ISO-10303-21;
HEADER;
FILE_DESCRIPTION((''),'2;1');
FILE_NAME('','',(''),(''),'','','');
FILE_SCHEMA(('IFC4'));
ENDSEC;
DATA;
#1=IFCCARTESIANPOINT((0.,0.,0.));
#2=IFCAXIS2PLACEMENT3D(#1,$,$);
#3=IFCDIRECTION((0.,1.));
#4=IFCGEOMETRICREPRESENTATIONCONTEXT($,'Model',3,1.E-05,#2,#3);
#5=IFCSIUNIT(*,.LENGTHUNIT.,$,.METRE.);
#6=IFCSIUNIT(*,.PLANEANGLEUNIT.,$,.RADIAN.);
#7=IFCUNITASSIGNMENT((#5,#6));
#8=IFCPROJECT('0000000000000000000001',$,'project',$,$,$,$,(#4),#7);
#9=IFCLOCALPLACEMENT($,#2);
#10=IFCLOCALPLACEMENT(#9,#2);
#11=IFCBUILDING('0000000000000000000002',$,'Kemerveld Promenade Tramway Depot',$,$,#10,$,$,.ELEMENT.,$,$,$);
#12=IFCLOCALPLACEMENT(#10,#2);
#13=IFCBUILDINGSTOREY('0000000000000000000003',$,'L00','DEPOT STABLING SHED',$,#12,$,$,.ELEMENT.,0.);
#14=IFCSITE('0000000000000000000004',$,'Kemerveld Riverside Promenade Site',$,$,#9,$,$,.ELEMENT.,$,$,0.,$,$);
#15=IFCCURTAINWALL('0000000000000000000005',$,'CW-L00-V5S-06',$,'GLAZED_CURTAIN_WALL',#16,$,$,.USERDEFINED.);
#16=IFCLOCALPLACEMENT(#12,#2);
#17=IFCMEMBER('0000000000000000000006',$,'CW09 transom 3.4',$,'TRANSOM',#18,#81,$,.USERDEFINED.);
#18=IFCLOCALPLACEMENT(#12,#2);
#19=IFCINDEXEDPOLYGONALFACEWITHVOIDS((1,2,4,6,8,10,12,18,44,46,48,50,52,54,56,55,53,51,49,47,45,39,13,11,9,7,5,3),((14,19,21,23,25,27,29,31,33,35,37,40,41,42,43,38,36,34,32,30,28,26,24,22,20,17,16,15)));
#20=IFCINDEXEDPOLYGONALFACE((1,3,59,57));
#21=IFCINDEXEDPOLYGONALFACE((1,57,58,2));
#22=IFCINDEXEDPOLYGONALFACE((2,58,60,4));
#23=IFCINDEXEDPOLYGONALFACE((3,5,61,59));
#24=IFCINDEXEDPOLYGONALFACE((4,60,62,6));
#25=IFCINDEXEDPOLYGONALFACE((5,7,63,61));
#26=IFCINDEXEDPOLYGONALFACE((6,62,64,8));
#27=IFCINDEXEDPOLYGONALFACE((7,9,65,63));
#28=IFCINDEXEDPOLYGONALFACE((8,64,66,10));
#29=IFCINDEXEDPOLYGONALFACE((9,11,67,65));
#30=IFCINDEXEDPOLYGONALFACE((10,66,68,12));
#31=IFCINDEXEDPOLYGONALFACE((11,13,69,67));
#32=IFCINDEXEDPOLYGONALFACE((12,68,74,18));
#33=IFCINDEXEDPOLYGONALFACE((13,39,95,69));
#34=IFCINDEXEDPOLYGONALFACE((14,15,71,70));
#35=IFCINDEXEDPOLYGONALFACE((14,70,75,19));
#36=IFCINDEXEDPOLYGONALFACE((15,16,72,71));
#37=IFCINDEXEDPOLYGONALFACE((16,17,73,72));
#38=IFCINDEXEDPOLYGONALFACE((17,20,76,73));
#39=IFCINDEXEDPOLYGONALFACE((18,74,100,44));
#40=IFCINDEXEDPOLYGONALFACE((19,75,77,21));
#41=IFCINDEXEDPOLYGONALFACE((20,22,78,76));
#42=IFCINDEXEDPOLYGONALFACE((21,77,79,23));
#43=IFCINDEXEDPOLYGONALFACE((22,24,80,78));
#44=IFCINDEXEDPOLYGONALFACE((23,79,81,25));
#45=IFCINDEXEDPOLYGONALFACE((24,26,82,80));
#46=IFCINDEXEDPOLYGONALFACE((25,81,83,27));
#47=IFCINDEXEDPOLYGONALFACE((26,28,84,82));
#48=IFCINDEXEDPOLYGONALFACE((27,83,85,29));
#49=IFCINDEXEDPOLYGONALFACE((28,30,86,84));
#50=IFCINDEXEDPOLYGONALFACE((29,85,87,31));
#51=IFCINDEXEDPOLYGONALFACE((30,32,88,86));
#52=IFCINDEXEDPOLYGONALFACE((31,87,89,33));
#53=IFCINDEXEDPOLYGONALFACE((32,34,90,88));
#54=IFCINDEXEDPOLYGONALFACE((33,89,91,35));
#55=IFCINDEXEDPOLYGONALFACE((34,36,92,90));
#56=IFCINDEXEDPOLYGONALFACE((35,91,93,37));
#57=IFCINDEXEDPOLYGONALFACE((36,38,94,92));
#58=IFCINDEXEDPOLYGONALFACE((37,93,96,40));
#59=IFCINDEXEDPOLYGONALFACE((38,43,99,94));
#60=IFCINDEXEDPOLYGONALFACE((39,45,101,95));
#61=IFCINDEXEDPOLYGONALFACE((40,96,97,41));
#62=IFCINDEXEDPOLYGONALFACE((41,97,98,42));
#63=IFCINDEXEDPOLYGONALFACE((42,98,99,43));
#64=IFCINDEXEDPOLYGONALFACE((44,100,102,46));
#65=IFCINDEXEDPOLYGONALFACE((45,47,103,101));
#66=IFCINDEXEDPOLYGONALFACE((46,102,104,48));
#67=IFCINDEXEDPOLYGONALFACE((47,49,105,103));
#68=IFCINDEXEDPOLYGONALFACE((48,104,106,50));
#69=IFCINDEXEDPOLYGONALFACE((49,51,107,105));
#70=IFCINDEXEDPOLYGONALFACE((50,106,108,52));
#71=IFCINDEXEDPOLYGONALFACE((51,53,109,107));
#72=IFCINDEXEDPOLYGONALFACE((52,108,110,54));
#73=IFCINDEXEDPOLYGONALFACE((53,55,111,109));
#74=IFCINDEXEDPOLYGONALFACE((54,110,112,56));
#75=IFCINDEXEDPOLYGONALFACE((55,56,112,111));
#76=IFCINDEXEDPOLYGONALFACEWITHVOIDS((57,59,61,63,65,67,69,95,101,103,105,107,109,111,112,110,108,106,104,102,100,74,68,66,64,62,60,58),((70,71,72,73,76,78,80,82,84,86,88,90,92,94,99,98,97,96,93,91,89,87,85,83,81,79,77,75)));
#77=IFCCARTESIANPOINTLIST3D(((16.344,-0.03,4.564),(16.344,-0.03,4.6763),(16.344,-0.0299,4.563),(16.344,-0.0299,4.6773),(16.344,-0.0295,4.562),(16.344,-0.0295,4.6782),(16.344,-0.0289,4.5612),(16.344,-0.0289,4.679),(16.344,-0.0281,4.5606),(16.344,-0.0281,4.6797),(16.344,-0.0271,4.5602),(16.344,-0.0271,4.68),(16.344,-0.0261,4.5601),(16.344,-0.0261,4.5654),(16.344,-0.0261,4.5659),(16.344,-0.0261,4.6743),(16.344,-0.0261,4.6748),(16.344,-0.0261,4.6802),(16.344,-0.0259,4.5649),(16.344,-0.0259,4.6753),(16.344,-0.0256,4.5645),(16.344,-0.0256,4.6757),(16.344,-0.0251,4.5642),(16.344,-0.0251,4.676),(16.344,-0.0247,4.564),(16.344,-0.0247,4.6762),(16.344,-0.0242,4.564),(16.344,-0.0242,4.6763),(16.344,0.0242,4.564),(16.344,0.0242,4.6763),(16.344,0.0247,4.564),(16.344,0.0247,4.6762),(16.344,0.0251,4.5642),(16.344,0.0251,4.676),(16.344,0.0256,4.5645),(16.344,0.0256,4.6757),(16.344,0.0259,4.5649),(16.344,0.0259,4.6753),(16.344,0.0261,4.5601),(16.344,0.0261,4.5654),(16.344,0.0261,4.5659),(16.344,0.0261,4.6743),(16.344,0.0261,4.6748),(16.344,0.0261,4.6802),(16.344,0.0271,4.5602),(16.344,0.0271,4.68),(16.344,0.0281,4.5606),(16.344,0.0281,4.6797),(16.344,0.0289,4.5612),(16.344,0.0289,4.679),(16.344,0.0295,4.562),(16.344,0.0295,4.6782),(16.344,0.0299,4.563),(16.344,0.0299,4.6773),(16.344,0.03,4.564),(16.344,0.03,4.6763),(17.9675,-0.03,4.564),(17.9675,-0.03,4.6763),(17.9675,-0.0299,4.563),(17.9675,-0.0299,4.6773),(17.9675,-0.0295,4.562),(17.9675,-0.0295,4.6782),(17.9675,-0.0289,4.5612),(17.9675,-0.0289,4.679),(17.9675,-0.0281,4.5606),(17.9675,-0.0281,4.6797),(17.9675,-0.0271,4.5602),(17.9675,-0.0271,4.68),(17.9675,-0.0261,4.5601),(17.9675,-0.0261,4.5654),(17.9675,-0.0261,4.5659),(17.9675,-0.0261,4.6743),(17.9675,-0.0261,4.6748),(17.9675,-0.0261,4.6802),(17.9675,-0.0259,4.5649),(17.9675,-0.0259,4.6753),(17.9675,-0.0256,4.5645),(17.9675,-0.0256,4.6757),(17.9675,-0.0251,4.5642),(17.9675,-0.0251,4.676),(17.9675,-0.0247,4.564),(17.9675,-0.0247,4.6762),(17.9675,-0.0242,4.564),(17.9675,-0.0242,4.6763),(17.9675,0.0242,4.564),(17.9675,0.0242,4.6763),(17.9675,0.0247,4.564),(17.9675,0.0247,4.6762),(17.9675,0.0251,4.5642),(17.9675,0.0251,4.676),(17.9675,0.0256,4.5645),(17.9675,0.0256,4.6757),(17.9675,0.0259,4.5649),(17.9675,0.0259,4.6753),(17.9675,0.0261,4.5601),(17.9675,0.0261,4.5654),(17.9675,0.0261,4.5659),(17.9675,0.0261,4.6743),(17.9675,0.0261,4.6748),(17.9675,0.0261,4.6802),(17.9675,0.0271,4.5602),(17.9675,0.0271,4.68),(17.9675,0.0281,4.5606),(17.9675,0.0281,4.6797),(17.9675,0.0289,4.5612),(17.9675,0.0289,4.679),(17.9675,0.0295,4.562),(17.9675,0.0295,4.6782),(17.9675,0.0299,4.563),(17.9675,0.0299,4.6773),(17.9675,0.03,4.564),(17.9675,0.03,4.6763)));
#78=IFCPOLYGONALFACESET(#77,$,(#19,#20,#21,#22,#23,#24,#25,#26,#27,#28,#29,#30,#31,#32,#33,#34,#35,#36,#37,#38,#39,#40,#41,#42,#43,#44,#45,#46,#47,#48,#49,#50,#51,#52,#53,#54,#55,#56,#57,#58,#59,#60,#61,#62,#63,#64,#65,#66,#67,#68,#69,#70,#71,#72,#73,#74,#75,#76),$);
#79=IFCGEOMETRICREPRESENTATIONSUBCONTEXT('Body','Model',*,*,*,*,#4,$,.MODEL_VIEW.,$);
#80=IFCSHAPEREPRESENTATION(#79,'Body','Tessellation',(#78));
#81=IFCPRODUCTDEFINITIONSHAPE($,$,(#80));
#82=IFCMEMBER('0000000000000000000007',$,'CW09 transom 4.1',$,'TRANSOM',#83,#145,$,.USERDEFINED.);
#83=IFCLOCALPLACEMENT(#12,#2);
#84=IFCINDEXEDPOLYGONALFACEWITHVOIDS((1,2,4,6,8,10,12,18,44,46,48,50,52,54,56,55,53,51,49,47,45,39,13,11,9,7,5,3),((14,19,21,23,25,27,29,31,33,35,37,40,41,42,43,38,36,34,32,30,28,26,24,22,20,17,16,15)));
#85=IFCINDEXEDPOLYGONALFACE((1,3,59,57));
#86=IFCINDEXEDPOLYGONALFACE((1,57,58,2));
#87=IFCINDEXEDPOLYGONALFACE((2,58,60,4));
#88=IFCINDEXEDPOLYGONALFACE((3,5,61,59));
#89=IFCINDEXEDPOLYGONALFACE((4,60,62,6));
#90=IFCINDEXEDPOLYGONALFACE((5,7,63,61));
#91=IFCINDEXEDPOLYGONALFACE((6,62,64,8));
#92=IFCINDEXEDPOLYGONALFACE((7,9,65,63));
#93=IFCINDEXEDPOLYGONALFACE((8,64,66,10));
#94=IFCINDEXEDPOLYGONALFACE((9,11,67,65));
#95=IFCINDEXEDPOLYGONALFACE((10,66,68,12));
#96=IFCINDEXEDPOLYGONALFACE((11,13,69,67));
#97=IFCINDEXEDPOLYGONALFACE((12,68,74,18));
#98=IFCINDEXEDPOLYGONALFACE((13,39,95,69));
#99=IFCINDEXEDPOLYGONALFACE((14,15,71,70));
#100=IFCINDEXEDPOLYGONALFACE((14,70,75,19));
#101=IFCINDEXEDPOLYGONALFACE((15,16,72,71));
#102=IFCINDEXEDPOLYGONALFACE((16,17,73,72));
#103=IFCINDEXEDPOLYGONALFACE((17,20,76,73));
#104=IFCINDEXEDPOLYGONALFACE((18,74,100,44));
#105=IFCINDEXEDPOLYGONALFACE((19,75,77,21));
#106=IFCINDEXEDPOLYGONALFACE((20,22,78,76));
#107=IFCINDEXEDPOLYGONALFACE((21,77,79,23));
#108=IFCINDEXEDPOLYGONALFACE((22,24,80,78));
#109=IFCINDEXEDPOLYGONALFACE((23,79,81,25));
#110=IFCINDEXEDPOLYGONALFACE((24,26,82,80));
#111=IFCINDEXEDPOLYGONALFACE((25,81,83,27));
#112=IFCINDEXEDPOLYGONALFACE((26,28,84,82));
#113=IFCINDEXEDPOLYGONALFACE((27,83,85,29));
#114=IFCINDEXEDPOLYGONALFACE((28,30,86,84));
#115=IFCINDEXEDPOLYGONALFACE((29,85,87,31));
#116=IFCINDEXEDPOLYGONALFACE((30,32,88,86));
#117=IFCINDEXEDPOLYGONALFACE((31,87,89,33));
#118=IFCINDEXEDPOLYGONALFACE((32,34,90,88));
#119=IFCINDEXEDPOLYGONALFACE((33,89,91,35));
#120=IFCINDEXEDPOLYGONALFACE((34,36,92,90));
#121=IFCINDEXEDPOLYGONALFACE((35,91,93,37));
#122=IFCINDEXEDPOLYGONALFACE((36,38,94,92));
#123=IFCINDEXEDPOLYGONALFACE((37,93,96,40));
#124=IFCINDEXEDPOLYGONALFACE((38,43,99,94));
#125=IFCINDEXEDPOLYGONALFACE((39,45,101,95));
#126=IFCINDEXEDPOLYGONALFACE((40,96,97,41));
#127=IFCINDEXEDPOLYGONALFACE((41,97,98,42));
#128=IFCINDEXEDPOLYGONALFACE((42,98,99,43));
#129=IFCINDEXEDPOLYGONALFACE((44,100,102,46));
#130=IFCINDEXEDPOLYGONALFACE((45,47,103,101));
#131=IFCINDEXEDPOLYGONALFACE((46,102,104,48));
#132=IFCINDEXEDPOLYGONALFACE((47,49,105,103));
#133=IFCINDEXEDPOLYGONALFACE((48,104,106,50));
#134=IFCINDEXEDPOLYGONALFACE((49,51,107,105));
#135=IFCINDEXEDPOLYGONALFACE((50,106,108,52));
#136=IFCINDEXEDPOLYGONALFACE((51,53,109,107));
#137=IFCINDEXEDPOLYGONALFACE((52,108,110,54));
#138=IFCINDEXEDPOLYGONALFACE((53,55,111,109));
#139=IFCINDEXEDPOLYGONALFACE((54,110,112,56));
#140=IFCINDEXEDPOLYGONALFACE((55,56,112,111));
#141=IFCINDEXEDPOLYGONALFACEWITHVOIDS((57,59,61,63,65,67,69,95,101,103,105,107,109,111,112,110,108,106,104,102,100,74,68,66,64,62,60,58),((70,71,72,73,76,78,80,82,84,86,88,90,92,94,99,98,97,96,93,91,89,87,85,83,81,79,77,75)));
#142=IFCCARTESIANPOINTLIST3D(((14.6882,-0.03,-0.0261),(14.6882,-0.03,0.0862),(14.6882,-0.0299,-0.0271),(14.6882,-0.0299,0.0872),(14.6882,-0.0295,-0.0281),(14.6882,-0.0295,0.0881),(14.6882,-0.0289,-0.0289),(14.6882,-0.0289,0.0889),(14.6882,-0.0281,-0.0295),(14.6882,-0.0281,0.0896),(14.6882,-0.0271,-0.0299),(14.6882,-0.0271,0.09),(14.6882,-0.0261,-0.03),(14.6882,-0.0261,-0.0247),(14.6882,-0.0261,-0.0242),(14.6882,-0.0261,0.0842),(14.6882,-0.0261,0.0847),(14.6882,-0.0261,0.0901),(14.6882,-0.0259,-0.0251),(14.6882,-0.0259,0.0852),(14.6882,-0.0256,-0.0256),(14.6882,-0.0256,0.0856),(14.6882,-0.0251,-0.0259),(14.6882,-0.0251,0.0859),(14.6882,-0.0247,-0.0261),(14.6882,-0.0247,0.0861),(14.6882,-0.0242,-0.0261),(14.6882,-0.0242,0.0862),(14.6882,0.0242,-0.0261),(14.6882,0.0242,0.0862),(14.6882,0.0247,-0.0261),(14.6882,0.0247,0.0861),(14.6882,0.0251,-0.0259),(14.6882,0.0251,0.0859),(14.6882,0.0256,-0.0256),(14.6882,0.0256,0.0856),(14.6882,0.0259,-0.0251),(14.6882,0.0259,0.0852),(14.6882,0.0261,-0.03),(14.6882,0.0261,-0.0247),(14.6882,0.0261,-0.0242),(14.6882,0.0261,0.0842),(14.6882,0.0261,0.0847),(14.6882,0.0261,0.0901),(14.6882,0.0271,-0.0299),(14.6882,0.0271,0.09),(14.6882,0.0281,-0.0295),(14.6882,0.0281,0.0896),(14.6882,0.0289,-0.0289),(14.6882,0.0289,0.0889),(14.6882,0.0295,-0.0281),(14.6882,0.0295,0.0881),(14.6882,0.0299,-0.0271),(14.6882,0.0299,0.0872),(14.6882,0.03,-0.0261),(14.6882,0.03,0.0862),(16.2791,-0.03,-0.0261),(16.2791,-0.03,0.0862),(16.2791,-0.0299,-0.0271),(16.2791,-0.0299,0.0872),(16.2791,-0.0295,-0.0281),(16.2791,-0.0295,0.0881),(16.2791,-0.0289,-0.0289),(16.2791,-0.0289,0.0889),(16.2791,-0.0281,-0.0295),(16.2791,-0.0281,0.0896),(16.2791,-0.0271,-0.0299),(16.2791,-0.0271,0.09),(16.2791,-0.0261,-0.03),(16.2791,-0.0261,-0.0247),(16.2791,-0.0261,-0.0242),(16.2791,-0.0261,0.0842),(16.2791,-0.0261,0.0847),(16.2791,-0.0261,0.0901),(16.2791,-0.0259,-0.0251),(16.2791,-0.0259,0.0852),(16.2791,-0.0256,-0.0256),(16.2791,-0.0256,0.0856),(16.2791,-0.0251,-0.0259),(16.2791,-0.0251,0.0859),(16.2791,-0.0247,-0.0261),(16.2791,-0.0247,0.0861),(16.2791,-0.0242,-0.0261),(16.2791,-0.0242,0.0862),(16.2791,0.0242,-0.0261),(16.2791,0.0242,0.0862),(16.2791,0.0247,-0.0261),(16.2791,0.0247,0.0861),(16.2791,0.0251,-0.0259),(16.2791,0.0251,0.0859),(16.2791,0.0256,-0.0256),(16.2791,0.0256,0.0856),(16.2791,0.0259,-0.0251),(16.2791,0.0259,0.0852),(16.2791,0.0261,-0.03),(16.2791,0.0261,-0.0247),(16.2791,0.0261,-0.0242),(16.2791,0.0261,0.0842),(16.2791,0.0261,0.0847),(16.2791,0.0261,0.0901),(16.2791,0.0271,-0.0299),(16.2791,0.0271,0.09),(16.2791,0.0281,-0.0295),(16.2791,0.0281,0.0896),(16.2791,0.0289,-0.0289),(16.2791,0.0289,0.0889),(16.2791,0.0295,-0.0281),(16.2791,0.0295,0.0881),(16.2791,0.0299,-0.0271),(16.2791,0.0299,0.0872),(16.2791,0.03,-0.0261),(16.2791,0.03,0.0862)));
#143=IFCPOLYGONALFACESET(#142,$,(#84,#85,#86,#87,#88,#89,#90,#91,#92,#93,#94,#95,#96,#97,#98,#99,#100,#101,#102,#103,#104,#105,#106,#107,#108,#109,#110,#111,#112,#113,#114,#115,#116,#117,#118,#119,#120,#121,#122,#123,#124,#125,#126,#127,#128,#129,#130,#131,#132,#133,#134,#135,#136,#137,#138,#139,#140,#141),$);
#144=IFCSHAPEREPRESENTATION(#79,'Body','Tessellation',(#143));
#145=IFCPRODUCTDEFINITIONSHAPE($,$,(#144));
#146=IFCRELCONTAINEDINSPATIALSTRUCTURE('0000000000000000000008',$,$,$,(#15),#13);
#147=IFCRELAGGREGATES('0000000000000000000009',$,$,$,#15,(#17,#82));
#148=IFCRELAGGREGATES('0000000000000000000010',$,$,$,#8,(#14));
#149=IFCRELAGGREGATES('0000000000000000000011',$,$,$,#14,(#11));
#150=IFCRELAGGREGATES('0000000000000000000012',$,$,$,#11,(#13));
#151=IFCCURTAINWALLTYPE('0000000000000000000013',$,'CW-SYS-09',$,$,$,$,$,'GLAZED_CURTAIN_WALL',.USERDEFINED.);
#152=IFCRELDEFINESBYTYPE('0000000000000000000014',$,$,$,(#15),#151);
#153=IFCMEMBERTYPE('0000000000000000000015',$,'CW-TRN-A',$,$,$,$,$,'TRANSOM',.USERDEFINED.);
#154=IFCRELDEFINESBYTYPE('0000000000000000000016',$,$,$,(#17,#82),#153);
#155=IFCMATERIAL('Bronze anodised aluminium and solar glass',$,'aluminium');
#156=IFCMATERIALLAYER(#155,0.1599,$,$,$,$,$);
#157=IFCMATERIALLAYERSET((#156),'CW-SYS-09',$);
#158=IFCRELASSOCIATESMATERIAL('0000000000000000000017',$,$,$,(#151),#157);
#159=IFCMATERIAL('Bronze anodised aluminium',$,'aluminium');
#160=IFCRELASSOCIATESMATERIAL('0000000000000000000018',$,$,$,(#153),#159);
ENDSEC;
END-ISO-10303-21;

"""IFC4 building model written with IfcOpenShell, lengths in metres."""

from ifc_helpers import new_model, si_unit, direction, frame, origin, origin_2d, place, context, subcontext, project, spatial, hollow_rectangle, extrude, material, layer, layer_set, material_profile, profile_set, type_object, element, aggregate, save


model = new_model("IFC4")

# Units and contexts
model_context = context("Model", 3, precision=1e-05, world=origin(), true_north=direction((0.0, 1.0)))
body_context = subcontext(model_context, "Body", "Model", "MODEL_VIEW")
ifc_project = project(units=[si_unit("LENGTHUNIT", "METRE"), si_unit("PLANEANGLEUNIT", "RADIAN")], contexts=[model_context])

# Site, building, storey
site_placement = place(None, origin())
site = spatial("IfcSite", under=ifc_project, at=site_placement, Name="Kemerveld Riverside Promenade Site", CompositionType="ELEMENT", RefElevation=0.0)
building_placement = place(site_placement, origin())
building = spatial("IfcBuilding", under=site, at=building_placement, Name="Kemerveld Promenade Tramway Depot", CompositionType="ELEMENT")
storey_placement = place(building_placement, origin())
storey = spatial("IfcBuildingStorey", under=building, at=storey_placement, Name="L00", Description="DEPOT STABLING SHED", CompositionType="ELEMENT", Elevation=0.0)

# Curtain wall, members
ifc_material_1 = material(Name="Bronze anodised aluminium and solar glass", Category="aluminium")
ifc_layer_1 = layer(ifc_material_1, 0.1599)
ifc_layer_set_1 = layer_set([ifc_layer_1], Name="CW-SYS-09")
curtain_wall_type = type_object("IfcCurtainWallType", Name="CW-SYS-09", ElementType="GLAZED_CURTAIN_WALL", PredefinedType="USERDEFINED", material=ifc_layer_set_1)
curtain_wall_placement = place(storey_placement, origin())
curtain_wall = element("IfcCurtainWall", 1, at=curtain_wall_placement, inside=storey, type_object=curtain_wall_type, Name="CW-L00-V5S-06", ObjectType="GLAZED_CURTAIN_WALL", PredefinedType="USERDEFINED")
ifc_material_2 = material(Name="Bronze anodised aluminium", Category="aluminium")
ifc_material_profile_1 = material_profile(ifc_material_2, hollow_rectangle(XDim=0.0601, YDim=0.1201, WallThickness=0.0039, InnerFilletRadius=0.002, OuterFilletRadius=0.0039, at=origin_2d()), Name="CW-TRN-120x60")
ifc_profile_set_1 = profile_set([ifc_material_profile_1], Name="Bronze anodised aluminium")
member_type_1 = type_object("IfcMemberType", Name="CW-TRN-A", ElementType="TRANSOM", PredefinedType="USERDEFINED", material=ifc_profile_set_1)
member_1_placement = place(storey_placement, frame((17.9675, 0.0, 4.6201), z_axis=(-1.0, 0.0, 0.0), x_axis=(0.0, -1.0, 0.0)))
member_1 = element("IfcMember", 2, at=member_1_placement, type_object=member_type_1, Name="CW09 transom 3.4", ObjectType="TRANSOM", PredefinedType="USERDEFINED", context=body_context, shape_type="SweptSolid", body=[
    extrude(hollow_rectangle(XDim=0.0601, YDim=0.1201, WallThickness=0.0039, InnerFilletRadius=0.002, OuterFilletRadius=0.0039, at=origin_2d()), origin(), (0.0, 0.0, 1.0), 1.6235),
])
member_2_placement = place(storey_placement, frame((16.2791, 0.0, 0.03), z_axis=(-1.0, 0.0, 0.0), x_axis=(0.0, -1.0, 0.0)))
member_2 = element("IfcMember", 3, at=member_2_placement, type_object=member_type_1, Name="CW09 transom 4.1", ObjectType="TRANSOM", PredefinedType="USERDEFINED", context=body_context, shape_type="SweptSolid", body=[
    extrude(hollow_rectangle(XDim=0.0601, YDim=0.1201, WallThickness=0.0039, InnerFilletRadius=0.002, OuterFilletRadius=0.0039, at=origin_2d()), origin(), (0.0, 0.0, 1.0), 1.5908),
])
aggregate(curtain_wall, [member_1, member_2])

save(model, "model.ifc")
